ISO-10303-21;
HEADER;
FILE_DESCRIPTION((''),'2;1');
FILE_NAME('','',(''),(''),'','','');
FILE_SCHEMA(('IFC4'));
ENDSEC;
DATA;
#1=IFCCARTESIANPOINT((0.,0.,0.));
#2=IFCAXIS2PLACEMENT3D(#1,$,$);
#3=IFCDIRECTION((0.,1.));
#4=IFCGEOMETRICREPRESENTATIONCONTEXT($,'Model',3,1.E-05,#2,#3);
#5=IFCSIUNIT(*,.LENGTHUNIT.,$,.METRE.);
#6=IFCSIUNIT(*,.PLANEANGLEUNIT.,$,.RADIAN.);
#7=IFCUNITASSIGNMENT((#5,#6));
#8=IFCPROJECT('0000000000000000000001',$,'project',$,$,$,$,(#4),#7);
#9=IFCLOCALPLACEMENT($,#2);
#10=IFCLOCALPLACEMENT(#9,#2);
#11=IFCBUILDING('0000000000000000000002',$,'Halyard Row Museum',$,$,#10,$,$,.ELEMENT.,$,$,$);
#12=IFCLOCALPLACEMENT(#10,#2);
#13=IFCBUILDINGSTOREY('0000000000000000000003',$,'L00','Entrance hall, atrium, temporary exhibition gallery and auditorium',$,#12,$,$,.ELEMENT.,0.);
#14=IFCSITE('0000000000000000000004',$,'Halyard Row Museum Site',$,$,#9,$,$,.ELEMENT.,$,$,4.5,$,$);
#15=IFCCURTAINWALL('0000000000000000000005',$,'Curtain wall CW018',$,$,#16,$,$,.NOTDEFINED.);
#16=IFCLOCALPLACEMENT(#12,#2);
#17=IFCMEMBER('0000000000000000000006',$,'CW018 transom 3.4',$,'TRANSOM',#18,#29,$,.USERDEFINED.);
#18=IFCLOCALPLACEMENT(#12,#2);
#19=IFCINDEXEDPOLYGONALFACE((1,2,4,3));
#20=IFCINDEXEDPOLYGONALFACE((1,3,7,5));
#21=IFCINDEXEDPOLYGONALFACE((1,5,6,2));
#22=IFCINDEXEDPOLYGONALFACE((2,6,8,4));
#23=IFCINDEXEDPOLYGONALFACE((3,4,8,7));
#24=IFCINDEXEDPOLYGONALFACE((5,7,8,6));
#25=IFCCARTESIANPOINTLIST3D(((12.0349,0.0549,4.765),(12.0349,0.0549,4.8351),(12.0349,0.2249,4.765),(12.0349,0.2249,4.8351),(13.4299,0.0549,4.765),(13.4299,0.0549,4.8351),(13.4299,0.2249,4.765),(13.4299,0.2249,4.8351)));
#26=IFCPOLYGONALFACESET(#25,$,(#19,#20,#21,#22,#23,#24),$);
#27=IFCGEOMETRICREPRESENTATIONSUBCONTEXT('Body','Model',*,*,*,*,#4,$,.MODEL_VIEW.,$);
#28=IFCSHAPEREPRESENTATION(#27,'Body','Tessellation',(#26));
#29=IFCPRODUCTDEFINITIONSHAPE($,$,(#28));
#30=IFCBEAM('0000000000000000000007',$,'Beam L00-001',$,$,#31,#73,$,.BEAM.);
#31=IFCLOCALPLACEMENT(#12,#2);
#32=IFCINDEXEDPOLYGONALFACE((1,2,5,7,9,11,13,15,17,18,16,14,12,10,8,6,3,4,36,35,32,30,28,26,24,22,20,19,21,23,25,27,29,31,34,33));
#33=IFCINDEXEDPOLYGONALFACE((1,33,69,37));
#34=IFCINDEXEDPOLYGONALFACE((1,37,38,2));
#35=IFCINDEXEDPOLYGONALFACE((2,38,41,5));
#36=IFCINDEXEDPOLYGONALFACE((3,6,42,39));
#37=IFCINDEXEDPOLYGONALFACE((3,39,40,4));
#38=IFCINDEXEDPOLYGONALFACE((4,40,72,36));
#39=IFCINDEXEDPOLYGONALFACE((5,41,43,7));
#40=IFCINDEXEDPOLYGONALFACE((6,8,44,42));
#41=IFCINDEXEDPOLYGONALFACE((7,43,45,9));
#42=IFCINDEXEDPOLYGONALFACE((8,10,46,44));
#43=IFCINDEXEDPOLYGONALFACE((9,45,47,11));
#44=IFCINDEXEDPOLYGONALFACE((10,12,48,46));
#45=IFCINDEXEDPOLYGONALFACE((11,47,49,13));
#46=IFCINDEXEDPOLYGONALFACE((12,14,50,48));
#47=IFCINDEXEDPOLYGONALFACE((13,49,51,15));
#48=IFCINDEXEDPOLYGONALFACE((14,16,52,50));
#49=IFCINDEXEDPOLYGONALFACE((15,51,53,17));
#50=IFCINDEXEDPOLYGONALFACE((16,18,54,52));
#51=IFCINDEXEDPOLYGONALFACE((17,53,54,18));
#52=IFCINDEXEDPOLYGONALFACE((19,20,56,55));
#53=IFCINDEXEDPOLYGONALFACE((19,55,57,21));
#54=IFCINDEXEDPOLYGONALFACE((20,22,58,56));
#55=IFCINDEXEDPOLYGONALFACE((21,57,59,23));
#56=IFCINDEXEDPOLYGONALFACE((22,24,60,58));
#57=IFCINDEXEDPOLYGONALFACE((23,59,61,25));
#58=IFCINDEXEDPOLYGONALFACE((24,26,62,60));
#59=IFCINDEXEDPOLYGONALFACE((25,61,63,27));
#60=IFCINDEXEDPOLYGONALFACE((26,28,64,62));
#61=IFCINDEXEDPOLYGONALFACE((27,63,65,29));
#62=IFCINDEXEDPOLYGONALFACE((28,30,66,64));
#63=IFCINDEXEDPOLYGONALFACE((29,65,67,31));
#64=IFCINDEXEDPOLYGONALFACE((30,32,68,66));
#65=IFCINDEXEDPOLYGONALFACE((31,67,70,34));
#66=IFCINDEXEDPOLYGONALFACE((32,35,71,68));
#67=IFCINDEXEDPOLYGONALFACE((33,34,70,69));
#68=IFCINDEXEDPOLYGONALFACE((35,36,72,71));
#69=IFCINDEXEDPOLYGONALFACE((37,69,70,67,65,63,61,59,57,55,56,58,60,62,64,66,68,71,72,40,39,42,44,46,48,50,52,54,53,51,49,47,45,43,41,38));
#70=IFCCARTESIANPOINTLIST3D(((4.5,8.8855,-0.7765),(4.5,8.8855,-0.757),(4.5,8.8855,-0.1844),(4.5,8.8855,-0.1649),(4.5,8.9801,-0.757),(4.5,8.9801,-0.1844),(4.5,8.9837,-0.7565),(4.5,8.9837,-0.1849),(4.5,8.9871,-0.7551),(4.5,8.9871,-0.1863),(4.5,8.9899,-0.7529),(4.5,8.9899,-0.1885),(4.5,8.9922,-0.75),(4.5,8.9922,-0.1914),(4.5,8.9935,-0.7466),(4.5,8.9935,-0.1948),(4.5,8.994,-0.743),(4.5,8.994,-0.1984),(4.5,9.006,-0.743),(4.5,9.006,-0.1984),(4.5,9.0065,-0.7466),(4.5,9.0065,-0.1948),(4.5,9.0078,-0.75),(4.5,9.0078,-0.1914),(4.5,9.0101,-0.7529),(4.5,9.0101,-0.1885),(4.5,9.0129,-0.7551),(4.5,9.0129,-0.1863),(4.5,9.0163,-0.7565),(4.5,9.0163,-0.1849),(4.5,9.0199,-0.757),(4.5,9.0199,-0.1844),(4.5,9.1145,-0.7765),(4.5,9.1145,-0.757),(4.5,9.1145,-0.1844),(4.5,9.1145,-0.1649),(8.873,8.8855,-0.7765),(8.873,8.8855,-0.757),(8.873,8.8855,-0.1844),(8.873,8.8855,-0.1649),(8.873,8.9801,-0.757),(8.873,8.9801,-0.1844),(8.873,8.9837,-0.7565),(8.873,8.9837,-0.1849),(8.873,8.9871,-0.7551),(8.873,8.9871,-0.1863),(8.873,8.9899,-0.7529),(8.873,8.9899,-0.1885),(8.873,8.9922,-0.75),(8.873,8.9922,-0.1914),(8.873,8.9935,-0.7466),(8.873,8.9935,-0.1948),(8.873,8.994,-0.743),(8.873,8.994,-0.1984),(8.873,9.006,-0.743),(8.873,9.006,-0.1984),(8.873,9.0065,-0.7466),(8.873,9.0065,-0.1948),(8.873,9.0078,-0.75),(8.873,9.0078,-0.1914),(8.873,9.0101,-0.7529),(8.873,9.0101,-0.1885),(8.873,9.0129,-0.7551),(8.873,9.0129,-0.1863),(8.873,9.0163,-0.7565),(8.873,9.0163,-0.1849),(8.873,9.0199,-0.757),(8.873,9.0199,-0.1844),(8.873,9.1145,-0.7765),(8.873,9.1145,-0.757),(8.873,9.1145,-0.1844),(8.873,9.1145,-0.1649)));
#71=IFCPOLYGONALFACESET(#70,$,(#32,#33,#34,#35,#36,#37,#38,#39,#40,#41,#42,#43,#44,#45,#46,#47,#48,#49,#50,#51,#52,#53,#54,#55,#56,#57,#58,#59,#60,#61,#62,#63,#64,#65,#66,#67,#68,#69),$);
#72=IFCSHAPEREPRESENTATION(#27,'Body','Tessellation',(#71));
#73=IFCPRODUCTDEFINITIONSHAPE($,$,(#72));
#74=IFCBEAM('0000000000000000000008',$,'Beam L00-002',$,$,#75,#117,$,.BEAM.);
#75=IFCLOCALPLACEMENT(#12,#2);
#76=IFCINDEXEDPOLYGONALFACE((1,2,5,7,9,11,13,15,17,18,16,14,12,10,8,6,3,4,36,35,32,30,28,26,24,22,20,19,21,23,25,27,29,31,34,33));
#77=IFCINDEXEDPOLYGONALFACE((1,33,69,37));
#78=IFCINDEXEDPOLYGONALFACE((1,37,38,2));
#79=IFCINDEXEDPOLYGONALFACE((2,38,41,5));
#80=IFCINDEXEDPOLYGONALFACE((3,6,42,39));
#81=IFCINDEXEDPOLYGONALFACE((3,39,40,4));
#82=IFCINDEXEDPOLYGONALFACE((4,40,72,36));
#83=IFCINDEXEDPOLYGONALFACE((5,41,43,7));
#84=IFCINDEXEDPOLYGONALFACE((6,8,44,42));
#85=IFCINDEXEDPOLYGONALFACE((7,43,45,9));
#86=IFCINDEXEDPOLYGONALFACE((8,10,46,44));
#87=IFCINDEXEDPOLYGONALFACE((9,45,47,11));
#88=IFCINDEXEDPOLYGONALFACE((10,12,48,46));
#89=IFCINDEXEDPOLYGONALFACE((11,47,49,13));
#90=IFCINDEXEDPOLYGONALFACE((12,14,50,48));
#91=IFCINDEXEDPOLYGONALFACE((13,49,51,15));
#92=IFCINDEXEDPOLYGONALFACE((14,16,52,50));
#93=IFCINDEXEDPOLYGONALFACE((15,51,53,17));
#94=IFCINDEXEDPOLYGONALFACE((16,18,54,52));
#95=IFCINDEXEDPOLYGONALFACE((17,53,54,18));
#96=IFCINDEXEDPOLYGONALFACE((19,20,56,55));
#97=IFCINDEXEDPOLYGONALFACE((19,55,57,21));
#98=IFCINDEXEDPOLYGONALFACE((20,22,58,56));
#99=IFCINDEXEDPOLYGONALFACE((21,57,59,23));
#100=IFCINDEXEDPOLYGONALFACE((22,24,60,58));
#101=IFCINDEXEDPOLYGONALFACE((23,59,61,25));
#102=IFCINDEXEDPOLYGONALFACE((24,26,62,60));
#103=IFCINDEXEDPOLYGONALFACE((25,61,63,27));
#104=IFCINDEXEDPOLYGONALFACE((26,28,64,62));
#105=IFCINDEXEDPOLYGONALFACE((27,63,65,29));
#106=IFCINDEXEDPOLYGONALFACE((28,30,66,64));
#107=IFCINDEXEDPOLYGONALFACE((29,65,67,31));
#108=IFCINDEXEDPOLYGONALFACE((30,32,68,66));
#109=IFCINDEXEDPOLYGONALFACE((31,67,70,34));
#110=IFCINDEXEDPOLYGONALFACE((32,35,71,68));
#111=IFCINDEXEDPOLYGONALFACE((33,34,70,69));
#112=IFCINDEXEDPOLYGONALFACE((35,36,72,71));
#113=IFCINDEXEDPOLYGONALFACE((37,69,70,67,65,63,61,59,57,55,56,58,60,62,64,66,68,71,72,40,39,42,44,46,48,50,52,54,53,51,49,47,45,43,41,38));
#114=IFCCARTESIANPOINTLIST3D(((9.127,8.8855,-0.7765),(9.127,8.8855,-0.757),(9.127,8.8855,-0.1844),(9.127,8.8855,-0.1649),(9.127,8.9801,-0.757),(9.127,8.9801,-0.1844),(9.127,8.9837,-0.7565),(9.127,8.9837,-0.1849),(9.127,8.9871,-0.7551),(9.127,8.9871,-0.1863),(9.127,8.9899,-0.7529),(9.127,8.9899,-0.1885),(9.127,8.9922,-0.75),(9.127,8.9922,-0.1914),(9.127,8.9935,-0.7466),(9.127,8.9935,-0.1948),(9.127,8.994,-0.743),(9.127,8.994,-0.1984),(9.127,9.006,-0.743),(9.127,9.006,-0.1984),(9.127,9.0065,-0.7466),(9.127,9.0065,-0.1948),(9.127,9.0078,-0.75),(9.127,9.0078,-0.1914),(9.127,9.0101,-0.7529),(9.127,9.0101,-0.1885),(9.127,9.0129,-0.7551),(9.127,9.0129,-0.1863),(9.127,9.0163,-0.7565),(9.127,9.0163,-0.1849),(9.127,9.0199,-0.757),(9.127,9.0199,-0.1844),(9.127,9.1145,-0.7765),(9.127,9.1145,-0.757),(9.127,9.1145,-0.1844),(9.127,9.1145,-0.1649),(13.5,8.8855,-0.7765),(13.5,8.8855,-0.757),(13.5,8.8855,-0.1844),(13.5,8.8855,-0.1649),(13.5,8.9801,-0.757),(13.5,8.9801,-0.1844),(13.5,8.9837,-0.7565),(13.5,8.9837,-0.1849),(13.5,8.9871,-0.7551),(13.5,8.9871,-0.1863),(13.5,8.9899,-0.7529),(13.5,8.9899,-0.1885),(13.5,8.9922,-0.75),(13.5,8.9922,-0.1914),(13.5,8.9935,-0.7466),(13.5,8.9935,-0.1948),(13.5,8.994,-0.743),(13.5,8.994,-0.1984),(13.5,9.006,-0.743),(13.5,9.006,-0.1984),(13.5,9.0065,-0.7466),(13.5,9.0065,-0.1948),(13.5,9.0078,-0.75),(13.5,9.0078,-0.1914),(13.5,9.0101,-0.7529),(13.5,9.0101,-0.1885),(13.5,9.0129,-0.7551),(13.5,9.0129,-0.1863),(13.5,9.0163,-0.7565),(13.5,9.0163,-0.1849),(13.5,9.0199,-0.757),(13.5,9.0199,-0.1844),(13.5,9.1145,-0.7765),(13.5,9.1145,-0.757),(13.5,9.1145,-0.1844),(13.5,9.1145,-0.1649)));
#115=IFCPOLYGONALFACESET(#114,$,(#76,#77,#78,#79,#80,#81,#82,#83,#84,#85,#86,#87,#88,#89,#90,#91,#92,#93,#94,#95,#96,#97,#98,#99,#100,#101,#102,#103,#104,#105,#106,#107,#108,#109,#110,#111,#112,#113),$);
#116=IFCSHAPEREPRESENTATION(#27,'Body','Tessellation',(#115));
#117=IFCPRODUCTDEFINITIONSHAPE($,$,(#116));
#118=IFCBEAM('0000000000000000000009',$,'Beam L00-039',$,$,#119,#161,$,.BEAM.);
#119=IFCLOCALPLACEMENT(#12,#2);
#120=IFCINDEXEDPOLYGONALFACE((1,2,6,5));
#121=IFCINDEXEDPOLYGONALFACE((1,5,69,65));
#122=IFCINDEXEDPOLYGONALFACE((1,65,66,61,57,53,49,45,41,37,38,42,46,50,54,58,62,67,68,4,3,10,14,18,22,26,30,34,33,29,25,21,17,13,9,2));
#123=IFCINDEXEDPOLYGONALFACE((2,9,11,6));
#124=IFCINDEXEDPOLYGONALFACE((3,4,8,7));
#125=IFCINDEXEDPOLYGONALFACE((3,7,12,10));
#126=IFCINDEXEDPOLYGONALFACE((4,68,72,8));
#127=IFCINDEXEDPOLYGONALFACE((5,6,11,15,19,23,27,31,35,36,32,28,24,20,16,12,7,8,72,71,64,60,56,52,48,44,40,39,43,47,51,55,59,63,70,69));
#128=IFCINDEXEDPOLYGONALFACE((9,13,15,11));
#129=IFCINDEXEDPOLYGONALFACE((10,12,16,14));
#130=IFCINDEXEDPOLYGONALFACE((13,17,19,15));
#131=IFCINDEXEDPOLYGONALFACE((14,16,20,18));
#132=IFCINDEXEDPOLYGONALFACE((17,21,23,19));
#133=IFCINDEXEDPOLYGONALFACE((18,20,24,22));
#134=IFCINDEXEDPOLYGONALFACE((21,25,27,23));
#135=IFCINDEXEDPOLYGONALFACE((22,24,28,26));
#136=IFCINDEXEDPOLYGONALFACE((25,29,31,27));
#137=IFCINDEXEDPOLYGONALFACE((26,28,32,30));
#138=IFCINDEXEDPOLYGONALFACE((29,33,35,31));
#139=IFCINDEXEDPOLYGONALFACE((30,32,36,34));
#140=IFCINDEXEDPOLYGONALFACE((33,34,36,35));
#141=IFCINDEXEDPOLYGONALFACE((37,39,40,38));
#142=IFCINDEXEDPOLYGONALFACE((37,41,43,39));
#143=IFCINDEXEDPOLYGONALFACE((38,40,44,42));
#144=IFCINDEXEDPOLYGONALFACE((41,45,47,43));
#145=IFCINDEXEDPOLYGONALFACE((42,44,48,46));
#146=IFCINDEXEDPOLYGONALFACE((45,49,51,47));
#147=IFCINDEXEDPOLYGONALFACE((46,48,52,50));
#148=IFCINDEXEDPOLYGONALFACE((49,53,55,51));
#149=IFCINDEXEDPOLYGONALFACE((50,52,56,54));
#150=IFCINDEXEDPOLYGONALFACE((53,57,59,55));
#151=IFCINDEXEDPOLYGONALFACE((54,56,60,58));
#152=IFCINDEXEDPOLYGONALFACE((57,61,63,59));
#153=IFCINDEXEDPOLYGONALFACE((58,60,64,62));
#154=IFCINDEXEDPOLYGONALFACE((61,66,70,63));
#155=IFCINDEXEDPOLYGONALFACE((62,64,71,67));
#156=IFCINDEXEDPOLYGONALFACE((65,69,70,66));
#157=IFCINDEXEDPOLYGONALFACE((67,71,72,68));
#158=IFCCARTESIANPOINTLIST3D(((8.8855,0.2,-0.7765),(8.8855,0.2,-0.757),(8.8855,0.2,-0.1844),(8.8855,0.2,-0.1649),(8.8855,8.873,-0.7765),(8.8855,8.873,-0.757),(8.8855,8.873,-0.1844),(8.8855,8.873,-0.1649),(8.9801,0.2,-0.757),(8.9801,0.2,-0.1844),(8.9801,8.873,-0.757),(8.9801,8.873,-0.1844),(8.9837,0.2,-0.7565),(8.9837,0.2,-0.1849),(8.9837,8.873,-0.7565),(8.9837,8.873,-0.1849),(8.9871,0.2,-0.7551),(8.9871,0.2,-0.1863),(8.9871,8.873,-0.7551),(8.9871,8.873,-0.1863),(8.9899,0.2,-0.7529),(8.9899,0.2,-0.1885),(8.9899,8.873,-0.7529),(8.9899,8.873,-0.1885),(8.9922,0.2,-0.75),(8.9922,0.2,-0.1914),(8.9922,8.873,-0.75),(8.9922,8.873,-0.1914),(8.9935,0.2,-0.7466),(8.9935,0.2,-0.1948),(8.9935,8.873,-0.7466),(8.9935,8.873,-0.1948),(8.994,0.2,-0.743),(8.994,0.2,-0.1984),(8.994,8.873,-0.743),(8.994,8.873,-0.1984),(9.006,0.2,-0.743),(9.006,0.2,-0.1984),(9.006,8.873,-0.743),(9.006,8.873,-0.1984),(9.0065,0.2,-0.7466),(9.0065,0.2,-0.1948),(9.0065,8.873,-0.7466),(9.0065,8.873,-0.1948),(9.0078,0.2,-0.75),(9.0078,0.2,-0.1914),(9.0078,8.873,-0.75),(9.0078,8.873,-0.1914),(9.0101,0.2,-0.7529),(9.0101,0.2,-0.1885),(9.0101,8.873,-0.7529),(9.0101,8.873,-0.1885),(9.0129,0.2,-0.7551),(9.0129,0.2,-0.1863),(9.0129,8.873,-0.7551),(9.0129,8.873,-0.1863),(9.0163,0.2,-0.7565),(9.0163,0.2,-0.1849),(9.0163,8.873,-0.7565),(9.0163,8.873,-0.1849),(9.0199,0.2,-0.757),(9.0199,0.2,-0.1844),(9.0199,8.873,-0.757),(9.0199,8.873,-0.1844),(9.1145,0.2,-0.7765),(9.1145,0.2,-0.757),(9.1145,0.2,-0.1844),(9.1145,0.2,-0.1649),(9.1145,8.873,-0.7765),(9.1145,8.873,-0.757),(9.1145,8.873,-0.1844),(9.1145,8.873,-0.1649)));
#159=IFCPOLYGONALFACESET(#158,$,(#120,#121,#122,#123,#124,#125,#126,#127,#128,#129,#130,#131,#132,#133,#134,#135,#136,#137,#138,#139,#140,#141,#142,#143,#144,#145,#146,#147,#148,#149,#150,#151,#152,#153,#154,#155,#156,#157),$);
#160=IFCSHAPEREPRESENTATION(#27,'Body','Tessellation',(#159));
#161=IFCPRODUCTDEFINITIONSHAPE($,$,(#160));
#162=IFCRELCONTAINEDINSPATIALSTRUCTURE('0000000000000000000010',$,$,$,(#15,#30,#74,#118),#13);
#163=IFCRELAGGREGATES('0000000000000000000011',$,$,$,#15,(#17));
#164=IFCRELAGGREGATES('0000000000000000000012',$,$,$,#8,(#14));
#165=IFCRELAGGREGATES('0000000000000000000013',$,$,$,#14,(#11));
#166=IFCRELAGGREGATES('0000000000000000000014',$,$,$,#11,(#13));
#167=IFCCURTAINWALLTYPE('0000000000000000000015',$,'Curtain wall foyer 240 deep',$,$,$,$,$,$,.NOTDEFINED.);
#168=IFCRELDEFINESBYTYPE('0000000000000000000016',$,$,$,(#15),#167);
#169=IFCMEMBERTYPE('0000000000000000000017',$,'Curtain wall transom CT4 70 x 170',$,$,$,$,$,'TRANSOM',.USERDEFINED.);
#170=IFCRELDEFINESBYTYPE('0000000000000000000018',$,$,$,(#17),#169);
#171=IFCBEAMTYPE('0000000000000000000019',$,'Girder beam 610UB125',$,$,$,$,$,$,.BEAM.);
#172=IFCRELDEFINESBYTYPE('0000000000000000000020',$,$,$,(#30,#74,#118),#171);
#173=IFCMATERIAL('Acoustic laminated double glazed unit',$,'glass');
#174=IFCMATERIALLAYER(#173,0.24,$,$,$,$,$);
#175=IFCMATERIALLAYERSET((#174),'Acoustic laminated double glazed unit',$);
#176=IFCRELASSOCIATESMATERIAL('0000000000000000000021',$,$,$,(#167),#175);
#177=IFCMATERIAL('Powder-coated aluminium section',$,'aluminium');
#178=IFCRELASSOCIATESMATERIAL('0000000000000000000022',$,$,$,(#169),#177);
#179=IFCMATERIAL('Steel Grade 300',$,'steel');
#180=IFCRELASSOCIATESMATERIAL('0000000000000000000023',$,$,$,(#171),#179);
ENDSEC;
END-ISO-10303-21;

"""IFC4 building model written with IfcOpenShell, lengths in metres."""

from ifc_helpers import new_model, si_unit, direction, frame, origin, origin_2d, place, context, subcontext, project, spatial, rectangle, i_section, extrude, material, layer, layer_set, material_profile, profile_set, type_object, element, aggregate, save


model = new_model("IFC4")

# Units and contexts
model_context = context("Model", 3, precision=1e-05, world=origin(), true_north=direction((0.0, 1.0)))
body_context = subcontext(model_context, "Body", "Model", "MODEL_VIEW")
ifc_project = project(units=[si_unit("LENGTHUNIT", "METRE"), si_unit("PLANEANGLEUNIT", "RADIAN")], contexts=[model_context])

# Site, building, storey
site_placement = place(None, origin())
site = spatial("IfcSite", under=ifc_project, at=site_placement, Name="Halyard Row Museum Site", CompositionType="ELEMENT", RefElevation=4.5)
building_placement = place(site_placement, origin())
building = spatial("IfcBuilding", under=site, at=building_placement, Name="Halyard Row Museum", CompositionType="ELEMENT")
storey_placement = place(building_placement, origin())
storey = spatial("IfcBuildingStorey", under=building, at=storey_placement, Name="L00", Description="Entrance hall, atrium, temporary exhibition gallery and auditorium", CompositionType="ELEMENT", Elevation=0.0)

# Curtain wall, member
ifc_material_1 = material(Name="Acoustic laminated double glazed unit", Category="glass")
ifc_layer_1 = layer(ifc_material_1, 0.24)
ifc_layer_set_1 = layer_set([ifc_layer_1], Name="Acoustic laminated double glazed unit")
curtain_wall_type = type_object("IfcCurtainWallType", Name="Curtain wall foyer 240 deep", PredefinedType="NOTDEFINED", material=ifc_layer_set_1)
curtain_wall_placement = place(storey_placement, origin())
curtain_wall = element("IfcCurtainWall", 1, at=curtain_wall_placement, inside=storey, type_object=curtain_wall_type, Name="Curtain wall CW018", PredefinedType="NOTDEFINED")
ifc_material_2 = material(Name="Powder-coated aluminium section", Category="aluminium")
ifc_material_profile_1 = material_profile(ifc_material_2, rectangle(XDim=0.1699, YDim=0.0701, at=origin_2d()), Name="170x70 transom")
ifc_profile_set_1 = profile_set([ifc_material_profile_1], Name="Powder-coated aluminium section")
member_type = type_object("IfcMemberType", Name="Curtain wall transom CT4 70 x 170", ElementType="TRANSOM", PredefinedType="USERDEFINED", material=ifc_profile_set_1)
member_placement = place(storey_placement, frame((12.0349, 0.1399, 4.8), z_axis=(1.0, 0.0, 0.0), x_axis=(0.0, 1.0, 0.0)))
member = element("IfcMember", 2, at=member_placement, type_object=member_type, Name="CW018 transom 3.4", ObjectType="TRANSOM", PredefinedType="USERDEFINED", context=body_context, shape_type="SweptSolid", body=[
    extrude(rectangle(XDim=0.1699, YDim=0.0701, at=origin_2d()), origin(), (0.0, 0.0, 1.0), 1.395),
])

# Beams
ifc_material_3 = material(Name="Steel Grade 300", Category="steel")
ifc_material_profile_2 = material_profile(ifc_material_3, i_section(OverallWidth=0.229, OverallDepth=0.6116, WebThickness=0.012, FlangeThickness=0.0195, FilletRadius=0.0139, at=origin_2d()), Name="610UB125")
ifc_profile_set_2 = profile_set([ifc_material_profile_2], Name="Steel Grade 300")
beam_type_1 = type_object("IfcBeamType", Name="Girder beam 610UB125", PredefinedType="BEAM", material=ifc_profile_set_2)
for number, where, z_axis, x_axis, name in (
    (3, (4.5, 9.0, -0.4707), (1.0, 0.0, 0.0), (0.0, 1.0, 0.0), "Beam L00-001"),
    (4, (9.127, 9.0, -0.4707), (1.0, 0.0, 0.0), (0.0, 1.0, 0.0), "Beam L00-002"),
):
    element("IfcBeam", number, at=place(storey_placement, frame(where, z_axis=z_axis, x_axis=x_axis)), inside=storey, type_object=beam_type_1, Name=name, PredefinedType="BEAM", context=body_context, shape_type="SweptSolid", body=[
        extrude(i_section(OverallWidth=0.229, OverallDepth=0.6116, WebThickness=0.012, FlangeThickness=0.0195, FilletRadius=0.0139, at=origin_2d()), origin(), (0.0, 0.0, 1.0), 4.373),
    ])
beam_1_placement = place(storey_placement, frame((9.0, 0.2, -0.4707), z_axis=(0.0, 1.0, 0.0), x_axis=(-1.0, 0.0, 0.0)))
element("IfcBeam", 5, at=beam_1_placement, inside=storey, type_object=beam_type_1, Name="Beam L00-039", PredefinedType="BEAM", context=body_context, shape_type="SweptSolid", body=[
    extrude(i_section(OverallWidth=0.229, OverallDepth=0.6116, WebThickness=0.012, FlangeThickness=0.0195, FilletRadius=0.0139, at=origin_2d()), origin(), (0.0, 0.0, 1.0), 8.6731),
])

aggregate(curtain_wall, [member])

save(model, "model.ifc")
